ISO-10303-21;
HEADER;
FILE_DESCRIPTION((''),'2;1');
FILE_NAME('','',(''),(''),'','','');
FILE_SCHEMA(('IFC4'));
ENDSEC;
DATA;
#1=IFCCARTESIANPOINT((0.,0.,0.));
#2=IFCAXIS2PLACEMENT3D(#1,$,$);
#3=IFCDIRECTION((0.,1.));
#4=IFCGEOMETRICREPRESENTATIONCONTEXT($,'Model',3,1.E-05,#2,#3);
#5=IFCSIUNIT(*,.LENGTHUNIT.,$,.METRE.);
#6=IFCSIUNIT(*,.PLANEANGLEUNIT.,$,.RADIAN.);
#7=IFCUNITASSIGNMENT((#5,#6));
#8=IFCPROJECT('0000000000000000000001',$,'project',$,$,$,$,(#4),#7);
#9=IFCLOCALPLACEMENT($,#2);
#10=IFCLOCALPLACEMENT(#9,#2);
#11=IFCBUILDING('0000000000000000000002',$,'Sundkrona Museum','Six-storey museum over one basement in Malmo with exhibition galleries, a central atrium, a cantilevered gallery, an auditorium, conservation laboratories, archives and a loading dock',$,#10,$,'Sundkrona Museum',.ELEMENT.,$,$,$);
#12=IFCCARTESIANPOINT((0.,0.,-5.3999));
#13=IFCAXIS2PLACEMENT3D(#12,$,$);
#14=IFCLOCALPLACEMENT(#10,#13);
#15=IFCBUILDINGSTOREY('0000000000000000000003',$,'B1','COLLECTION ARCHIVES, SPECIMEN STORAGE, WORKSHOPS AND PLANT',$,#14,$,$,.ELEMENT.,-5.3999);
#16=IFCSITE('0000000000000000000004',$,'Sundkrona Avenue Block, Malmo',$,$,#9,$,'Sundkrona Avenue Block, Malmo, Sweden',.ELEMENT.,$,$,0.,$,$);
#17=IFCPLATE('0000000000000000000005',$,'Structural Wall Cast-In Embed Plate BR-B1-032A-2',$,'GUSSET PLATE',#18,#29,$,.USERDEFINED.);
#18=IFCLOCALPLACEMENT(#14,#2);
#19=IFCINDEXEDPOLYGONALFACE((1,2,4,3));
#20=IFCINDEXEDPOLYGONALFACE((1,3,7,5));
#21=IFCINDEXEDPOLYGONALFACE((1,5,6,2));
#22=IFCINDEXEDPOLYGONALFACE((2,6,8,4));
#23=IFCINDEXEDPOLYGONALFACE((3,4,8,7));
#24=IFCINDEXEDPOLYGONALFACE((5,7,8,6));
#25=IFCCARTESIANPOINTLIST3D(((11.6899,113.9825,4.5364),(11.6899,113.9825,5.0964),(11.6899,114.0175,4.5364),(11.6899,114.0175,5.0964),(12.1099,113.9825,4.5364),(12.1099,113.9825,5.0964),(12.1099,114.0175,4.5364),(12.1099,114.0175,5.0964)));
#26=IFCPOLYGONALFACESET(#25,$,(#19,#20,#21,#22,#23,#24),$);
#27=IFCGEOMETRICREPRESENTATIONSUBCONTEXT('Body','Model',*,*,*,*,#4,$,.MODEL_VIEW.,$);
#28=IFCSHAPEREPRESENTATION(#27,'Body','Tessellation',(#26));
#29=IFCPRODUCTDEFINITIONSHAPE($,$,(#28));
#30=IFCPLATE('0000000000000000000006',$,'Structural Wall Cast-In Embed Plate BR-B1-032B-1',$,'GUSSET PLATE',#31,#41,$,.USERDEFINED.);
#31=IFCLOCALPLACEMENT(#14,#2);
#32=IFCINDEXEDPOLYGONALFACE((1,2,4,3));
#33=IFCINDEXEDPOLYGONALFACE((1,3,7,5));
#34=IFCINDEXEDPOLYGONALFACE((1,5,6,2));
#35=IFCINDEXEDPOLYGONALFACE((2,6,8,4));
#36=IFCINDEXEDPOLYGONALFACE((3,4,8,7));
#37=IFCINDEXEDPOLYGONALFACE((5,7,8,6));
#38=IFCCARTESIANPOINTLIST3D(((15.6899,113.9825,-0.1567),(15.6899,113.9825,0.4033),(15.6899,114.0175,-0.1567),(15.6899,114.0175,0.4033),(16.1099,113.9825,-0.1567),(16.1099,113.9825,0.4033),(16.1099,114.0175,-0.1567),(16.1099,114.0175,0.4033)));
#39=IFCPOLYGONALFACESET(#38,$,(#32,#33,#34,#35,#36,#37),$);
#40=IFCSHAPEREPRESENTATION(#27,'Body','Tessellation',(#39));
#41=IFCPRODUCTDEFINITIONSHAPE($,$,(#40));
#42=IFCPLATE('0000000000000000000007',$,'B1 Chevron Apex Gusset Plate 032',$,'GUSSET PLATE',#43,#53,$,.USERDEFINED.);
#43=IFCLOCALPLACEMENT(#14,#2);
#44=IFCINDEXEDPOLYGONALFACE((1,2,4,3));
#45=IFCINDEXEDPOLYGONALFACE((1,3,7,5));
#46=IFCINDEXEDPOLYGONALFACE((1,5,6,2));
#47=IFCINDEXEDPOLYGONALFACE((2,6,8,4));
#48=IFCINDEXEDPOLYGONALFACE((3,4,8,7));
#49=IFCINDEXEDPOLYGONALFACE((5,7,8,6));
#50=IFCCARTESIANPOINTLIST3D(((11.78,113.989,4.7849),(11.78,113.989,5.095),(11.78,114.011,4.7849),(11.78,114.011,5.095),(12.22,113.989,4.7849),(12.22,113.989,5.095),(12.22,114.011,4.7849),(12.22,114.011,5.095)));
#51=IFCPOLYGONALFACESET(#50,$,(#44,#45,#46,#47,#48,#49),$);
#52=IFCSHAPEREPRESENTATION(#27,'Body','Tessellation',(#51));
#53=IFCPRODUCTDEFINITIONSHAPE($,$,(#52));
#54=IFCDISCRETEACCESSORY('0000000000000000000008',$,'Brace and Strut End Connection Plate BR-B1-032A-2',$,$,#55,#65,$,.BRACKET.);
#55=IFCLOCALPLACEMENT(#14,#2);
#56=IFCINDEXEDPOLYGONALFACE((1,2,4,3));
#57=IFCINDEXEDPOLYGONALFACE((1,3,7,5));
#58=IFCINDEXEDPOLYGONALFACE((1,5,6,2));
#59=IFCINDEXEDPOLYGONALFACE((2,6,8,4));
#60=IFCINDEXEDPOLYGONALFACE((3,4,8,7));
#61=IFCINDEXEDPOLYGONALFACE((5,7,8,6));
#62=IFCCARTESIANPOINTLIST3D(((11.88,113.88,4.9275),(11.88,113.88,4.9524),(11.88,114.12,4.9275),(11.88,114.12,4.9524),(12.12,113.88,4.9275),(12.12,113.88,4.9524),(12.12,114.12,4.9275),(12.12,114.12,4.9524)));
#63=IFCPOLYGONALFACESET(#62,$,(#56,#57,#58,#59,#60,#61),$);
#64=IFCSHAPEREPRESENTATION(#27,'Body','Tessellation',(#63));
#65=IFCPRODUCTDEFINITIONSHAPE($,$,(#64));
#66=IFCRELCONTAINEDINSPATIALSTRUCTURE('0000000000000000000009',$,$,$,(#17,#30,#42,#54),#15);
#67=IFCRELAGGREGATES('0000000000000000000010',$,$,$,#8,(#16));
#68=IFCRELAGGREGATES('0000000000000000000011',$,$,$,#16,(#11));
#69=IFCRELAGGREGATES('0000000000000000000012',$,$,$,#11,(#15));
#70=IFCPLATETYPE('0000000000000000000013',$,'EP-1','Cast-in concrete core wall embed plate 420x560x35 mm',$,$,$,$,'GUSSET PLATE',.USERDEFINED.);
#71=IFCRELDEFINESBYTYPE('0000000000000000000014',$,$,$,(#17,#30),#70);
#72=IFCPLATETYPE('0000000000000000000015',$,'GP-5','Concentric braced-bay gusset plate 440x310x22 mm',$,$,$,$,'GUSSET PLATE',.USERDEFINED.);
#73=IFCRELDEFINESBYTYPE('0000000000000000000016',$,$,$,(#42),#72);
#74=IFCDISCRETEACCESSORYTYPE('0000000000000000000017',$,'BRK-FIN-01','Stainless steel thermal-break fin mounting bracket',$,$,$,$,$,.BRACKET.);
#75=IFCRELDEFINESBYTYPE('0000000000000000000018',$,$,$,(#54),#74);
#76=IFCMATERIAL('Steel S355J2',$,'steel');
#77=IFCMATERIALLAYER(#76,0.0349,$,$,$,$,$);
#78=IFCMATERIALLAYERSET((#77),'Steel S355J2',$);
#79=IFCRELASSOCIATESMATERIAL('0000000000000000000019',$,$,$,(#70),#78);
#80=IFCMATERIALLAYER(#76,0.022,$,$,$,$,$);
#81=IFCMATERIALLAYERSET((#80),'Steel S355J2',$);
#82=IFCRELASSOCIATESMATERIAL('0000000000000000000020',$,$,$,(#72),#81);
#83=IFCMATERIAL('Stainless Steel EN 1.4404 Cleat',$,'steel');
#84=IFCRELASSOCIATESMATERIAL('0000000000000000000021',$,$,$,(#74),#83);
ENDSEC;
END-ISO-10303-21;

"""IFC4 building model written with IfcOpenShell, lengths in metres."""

from ifc_helpers import new_model, si_unit, direction, frame, origin, origin_2d, place, context, subcontext, project, spatial, rectangle, extrude, material, layer, layer_set, type_object, element, save


model = new_model("IFC4")

# Units and contexts
model_context = context("Model", 3, precision=1e-05, world=origin(), true_north=direction((0.0, 1.0)))
body_context = subcontext(model_context, "Body", "Model", "MODEL_VIEW")
ifc_project = project(units=[si_unit("LENGTHUNIT", "METRE"), si_unit("PLANEANGLEUNIT", "RADIAN")], contexts=[model_context])

# Site, building, storey
site_placement = place(None, origin())
site = spatial("IfcSite", under=ifc_project, at=site_placement, Name="Sundkrona Avenue Block, Malmo", LongName="Sundkrona Avenue Block, Malmo, Sweden", CompositionType="ELEMENT", RefElevation=0.0)
building_placement = place(site_placement, origin())
building = spatial("IfcBuilding", under=site, at=building_placement, Name="Sundkrona Museum", Description="Six-storey museum over one basement in Malmo with exhibition galleries, a central atrium, a cantilevered gallery, an auditorium, conservation laboratories, archives and a loading dock", LongName="Sundkrona Museum", CompositionType="ELEMENT")
storey_placement = place(building_placement, frame((0.0, 0.0, -5.3999)))
storey = spatial("IfcBuildingStorey", under=building, at=storey_placement, Name="B1", Description="COLLECTION ARCHIVES, SPECIMEN STORAGE, WORKSHOPS AND PLANT", CompositionType="ELEMENT", Elevation=-5.3999)

# Shared definitions
ifc_material_1 = material(Name="Steel S355J2", Category="steel")

# Plates
ifc_layer_1 = layer(ifc_material_1, 0.0349)
ifc_layer_set_1 = layer_set([ifc_layer_1], Name="Steel S355J2")
plate_type_1 = type_object("IfcPlateType", Name="EP-1", Description="Cast-in concrete core wall embed plate 420x560x35 mm", ElementType="GUSSET PLATE", PredefinedType="USERDEFINED", material=ifc_layer_set_1)
for number, where, z_axis, x_axis, name in (
    (1, (11.8999, 114.0, 4.5364), (0.0, 0.0, 1.0), (1.0, 0.0, 0.0), "Structural Wall Cast-In Embed Plate BR-B1-032A-2"),
    (2, (15.8999, 114.0, -0.1567), (0.0, 0.0, 1.0), (1.0, 0.0, 0.0), "Structural Wall Cast-In Embed Plate BR-B1-032B-1"),
):
    element("IfcPlate", number, at=place(storey_placement, frame(where, z_axis=z_axis, x_axis=x_axis)), inside=storey, type_object=plate_type_1, Name=name, ObjectType="GUSSET PLATE", PredefinedType="USERDEFINED", context=body_context, shape_type="SweptSolid", body=[
        extrude(rectangle(XDim=0.4199, YDim=0.0349, at=origin_2d()), origin(), (0.0, 0.0, 1.0), 0.5601),
    ])
ifc_layer_2 = layer(ifc_material_1, 0.022)
ifc_layer_set_2 = layer_set([ifc_layer_2], Name="Steel S355J2")
plate_type_2 = type_object("IfcPlateType", Name="GP-5", Description="Concentric braced-bay gusset plate 440x310x22 mm", ElementType="GUSSET PLATE", PredefinedType="USERDEFINED", material=ifc_layer_set_2)
plate_placement = place(storey_placement, frame((12.0, 114.0, 4.7849), z_axis=(0.0, 0.0, 1.0), x_axis=(1.0, 0.0, 0.0)))
element("IfcPlate", 3, at=plate_placement, inside=storey, type_object=plate_type_2, Name="B1 Chevron Apex Gusset Plate 032", ObjectType="GUSSET PLATE", PredefinedType="USERDEFINED", context=body_context, shape_type="SweptSolid", body=[
    extrude(rectangle(XDim=0.4399, YDim=0.022, at=origin_2d()), origin(), (0.0, 0.0, 1.0), 0.3101),
])

# Discrete accessory
ifc_material_2 = material(Name="Stainless Steel EN 1.4404 Cleat", Category="steel")
discrete_accessory_type = type_object("IfcDiscreteAccessoryType", Name="BRK-FIN-01", Description="Stainless steel thermal-break fin mounting bracket", PredefinedType="BRACKET", material=ifc_material_2)
discrete_accessory_placement = place(storey_placement, frame((12.0, 114.0, 4.9275), z_axis=(0.0, 0.0, 1.0), x_axis=(1.0, 0.0, 0.0)))
element("IfcDiscreteAccessory", 4, at=discrete_accessory_placement, inside=storey, type_object=discrete_accessory_type, Name="Brace and Strut End Connection Plate BR-B1-032A-2", PredefinedType="BRACKET", context=body_context, shape_type="SweptSolid", body=[
    extrude(rectangle(XDim=0.24, YDim=0.24, at=origin_2d()), origin(), (0.0, 0.0, 1.0), 0.0249),
])

save(model, "model.ifc")
